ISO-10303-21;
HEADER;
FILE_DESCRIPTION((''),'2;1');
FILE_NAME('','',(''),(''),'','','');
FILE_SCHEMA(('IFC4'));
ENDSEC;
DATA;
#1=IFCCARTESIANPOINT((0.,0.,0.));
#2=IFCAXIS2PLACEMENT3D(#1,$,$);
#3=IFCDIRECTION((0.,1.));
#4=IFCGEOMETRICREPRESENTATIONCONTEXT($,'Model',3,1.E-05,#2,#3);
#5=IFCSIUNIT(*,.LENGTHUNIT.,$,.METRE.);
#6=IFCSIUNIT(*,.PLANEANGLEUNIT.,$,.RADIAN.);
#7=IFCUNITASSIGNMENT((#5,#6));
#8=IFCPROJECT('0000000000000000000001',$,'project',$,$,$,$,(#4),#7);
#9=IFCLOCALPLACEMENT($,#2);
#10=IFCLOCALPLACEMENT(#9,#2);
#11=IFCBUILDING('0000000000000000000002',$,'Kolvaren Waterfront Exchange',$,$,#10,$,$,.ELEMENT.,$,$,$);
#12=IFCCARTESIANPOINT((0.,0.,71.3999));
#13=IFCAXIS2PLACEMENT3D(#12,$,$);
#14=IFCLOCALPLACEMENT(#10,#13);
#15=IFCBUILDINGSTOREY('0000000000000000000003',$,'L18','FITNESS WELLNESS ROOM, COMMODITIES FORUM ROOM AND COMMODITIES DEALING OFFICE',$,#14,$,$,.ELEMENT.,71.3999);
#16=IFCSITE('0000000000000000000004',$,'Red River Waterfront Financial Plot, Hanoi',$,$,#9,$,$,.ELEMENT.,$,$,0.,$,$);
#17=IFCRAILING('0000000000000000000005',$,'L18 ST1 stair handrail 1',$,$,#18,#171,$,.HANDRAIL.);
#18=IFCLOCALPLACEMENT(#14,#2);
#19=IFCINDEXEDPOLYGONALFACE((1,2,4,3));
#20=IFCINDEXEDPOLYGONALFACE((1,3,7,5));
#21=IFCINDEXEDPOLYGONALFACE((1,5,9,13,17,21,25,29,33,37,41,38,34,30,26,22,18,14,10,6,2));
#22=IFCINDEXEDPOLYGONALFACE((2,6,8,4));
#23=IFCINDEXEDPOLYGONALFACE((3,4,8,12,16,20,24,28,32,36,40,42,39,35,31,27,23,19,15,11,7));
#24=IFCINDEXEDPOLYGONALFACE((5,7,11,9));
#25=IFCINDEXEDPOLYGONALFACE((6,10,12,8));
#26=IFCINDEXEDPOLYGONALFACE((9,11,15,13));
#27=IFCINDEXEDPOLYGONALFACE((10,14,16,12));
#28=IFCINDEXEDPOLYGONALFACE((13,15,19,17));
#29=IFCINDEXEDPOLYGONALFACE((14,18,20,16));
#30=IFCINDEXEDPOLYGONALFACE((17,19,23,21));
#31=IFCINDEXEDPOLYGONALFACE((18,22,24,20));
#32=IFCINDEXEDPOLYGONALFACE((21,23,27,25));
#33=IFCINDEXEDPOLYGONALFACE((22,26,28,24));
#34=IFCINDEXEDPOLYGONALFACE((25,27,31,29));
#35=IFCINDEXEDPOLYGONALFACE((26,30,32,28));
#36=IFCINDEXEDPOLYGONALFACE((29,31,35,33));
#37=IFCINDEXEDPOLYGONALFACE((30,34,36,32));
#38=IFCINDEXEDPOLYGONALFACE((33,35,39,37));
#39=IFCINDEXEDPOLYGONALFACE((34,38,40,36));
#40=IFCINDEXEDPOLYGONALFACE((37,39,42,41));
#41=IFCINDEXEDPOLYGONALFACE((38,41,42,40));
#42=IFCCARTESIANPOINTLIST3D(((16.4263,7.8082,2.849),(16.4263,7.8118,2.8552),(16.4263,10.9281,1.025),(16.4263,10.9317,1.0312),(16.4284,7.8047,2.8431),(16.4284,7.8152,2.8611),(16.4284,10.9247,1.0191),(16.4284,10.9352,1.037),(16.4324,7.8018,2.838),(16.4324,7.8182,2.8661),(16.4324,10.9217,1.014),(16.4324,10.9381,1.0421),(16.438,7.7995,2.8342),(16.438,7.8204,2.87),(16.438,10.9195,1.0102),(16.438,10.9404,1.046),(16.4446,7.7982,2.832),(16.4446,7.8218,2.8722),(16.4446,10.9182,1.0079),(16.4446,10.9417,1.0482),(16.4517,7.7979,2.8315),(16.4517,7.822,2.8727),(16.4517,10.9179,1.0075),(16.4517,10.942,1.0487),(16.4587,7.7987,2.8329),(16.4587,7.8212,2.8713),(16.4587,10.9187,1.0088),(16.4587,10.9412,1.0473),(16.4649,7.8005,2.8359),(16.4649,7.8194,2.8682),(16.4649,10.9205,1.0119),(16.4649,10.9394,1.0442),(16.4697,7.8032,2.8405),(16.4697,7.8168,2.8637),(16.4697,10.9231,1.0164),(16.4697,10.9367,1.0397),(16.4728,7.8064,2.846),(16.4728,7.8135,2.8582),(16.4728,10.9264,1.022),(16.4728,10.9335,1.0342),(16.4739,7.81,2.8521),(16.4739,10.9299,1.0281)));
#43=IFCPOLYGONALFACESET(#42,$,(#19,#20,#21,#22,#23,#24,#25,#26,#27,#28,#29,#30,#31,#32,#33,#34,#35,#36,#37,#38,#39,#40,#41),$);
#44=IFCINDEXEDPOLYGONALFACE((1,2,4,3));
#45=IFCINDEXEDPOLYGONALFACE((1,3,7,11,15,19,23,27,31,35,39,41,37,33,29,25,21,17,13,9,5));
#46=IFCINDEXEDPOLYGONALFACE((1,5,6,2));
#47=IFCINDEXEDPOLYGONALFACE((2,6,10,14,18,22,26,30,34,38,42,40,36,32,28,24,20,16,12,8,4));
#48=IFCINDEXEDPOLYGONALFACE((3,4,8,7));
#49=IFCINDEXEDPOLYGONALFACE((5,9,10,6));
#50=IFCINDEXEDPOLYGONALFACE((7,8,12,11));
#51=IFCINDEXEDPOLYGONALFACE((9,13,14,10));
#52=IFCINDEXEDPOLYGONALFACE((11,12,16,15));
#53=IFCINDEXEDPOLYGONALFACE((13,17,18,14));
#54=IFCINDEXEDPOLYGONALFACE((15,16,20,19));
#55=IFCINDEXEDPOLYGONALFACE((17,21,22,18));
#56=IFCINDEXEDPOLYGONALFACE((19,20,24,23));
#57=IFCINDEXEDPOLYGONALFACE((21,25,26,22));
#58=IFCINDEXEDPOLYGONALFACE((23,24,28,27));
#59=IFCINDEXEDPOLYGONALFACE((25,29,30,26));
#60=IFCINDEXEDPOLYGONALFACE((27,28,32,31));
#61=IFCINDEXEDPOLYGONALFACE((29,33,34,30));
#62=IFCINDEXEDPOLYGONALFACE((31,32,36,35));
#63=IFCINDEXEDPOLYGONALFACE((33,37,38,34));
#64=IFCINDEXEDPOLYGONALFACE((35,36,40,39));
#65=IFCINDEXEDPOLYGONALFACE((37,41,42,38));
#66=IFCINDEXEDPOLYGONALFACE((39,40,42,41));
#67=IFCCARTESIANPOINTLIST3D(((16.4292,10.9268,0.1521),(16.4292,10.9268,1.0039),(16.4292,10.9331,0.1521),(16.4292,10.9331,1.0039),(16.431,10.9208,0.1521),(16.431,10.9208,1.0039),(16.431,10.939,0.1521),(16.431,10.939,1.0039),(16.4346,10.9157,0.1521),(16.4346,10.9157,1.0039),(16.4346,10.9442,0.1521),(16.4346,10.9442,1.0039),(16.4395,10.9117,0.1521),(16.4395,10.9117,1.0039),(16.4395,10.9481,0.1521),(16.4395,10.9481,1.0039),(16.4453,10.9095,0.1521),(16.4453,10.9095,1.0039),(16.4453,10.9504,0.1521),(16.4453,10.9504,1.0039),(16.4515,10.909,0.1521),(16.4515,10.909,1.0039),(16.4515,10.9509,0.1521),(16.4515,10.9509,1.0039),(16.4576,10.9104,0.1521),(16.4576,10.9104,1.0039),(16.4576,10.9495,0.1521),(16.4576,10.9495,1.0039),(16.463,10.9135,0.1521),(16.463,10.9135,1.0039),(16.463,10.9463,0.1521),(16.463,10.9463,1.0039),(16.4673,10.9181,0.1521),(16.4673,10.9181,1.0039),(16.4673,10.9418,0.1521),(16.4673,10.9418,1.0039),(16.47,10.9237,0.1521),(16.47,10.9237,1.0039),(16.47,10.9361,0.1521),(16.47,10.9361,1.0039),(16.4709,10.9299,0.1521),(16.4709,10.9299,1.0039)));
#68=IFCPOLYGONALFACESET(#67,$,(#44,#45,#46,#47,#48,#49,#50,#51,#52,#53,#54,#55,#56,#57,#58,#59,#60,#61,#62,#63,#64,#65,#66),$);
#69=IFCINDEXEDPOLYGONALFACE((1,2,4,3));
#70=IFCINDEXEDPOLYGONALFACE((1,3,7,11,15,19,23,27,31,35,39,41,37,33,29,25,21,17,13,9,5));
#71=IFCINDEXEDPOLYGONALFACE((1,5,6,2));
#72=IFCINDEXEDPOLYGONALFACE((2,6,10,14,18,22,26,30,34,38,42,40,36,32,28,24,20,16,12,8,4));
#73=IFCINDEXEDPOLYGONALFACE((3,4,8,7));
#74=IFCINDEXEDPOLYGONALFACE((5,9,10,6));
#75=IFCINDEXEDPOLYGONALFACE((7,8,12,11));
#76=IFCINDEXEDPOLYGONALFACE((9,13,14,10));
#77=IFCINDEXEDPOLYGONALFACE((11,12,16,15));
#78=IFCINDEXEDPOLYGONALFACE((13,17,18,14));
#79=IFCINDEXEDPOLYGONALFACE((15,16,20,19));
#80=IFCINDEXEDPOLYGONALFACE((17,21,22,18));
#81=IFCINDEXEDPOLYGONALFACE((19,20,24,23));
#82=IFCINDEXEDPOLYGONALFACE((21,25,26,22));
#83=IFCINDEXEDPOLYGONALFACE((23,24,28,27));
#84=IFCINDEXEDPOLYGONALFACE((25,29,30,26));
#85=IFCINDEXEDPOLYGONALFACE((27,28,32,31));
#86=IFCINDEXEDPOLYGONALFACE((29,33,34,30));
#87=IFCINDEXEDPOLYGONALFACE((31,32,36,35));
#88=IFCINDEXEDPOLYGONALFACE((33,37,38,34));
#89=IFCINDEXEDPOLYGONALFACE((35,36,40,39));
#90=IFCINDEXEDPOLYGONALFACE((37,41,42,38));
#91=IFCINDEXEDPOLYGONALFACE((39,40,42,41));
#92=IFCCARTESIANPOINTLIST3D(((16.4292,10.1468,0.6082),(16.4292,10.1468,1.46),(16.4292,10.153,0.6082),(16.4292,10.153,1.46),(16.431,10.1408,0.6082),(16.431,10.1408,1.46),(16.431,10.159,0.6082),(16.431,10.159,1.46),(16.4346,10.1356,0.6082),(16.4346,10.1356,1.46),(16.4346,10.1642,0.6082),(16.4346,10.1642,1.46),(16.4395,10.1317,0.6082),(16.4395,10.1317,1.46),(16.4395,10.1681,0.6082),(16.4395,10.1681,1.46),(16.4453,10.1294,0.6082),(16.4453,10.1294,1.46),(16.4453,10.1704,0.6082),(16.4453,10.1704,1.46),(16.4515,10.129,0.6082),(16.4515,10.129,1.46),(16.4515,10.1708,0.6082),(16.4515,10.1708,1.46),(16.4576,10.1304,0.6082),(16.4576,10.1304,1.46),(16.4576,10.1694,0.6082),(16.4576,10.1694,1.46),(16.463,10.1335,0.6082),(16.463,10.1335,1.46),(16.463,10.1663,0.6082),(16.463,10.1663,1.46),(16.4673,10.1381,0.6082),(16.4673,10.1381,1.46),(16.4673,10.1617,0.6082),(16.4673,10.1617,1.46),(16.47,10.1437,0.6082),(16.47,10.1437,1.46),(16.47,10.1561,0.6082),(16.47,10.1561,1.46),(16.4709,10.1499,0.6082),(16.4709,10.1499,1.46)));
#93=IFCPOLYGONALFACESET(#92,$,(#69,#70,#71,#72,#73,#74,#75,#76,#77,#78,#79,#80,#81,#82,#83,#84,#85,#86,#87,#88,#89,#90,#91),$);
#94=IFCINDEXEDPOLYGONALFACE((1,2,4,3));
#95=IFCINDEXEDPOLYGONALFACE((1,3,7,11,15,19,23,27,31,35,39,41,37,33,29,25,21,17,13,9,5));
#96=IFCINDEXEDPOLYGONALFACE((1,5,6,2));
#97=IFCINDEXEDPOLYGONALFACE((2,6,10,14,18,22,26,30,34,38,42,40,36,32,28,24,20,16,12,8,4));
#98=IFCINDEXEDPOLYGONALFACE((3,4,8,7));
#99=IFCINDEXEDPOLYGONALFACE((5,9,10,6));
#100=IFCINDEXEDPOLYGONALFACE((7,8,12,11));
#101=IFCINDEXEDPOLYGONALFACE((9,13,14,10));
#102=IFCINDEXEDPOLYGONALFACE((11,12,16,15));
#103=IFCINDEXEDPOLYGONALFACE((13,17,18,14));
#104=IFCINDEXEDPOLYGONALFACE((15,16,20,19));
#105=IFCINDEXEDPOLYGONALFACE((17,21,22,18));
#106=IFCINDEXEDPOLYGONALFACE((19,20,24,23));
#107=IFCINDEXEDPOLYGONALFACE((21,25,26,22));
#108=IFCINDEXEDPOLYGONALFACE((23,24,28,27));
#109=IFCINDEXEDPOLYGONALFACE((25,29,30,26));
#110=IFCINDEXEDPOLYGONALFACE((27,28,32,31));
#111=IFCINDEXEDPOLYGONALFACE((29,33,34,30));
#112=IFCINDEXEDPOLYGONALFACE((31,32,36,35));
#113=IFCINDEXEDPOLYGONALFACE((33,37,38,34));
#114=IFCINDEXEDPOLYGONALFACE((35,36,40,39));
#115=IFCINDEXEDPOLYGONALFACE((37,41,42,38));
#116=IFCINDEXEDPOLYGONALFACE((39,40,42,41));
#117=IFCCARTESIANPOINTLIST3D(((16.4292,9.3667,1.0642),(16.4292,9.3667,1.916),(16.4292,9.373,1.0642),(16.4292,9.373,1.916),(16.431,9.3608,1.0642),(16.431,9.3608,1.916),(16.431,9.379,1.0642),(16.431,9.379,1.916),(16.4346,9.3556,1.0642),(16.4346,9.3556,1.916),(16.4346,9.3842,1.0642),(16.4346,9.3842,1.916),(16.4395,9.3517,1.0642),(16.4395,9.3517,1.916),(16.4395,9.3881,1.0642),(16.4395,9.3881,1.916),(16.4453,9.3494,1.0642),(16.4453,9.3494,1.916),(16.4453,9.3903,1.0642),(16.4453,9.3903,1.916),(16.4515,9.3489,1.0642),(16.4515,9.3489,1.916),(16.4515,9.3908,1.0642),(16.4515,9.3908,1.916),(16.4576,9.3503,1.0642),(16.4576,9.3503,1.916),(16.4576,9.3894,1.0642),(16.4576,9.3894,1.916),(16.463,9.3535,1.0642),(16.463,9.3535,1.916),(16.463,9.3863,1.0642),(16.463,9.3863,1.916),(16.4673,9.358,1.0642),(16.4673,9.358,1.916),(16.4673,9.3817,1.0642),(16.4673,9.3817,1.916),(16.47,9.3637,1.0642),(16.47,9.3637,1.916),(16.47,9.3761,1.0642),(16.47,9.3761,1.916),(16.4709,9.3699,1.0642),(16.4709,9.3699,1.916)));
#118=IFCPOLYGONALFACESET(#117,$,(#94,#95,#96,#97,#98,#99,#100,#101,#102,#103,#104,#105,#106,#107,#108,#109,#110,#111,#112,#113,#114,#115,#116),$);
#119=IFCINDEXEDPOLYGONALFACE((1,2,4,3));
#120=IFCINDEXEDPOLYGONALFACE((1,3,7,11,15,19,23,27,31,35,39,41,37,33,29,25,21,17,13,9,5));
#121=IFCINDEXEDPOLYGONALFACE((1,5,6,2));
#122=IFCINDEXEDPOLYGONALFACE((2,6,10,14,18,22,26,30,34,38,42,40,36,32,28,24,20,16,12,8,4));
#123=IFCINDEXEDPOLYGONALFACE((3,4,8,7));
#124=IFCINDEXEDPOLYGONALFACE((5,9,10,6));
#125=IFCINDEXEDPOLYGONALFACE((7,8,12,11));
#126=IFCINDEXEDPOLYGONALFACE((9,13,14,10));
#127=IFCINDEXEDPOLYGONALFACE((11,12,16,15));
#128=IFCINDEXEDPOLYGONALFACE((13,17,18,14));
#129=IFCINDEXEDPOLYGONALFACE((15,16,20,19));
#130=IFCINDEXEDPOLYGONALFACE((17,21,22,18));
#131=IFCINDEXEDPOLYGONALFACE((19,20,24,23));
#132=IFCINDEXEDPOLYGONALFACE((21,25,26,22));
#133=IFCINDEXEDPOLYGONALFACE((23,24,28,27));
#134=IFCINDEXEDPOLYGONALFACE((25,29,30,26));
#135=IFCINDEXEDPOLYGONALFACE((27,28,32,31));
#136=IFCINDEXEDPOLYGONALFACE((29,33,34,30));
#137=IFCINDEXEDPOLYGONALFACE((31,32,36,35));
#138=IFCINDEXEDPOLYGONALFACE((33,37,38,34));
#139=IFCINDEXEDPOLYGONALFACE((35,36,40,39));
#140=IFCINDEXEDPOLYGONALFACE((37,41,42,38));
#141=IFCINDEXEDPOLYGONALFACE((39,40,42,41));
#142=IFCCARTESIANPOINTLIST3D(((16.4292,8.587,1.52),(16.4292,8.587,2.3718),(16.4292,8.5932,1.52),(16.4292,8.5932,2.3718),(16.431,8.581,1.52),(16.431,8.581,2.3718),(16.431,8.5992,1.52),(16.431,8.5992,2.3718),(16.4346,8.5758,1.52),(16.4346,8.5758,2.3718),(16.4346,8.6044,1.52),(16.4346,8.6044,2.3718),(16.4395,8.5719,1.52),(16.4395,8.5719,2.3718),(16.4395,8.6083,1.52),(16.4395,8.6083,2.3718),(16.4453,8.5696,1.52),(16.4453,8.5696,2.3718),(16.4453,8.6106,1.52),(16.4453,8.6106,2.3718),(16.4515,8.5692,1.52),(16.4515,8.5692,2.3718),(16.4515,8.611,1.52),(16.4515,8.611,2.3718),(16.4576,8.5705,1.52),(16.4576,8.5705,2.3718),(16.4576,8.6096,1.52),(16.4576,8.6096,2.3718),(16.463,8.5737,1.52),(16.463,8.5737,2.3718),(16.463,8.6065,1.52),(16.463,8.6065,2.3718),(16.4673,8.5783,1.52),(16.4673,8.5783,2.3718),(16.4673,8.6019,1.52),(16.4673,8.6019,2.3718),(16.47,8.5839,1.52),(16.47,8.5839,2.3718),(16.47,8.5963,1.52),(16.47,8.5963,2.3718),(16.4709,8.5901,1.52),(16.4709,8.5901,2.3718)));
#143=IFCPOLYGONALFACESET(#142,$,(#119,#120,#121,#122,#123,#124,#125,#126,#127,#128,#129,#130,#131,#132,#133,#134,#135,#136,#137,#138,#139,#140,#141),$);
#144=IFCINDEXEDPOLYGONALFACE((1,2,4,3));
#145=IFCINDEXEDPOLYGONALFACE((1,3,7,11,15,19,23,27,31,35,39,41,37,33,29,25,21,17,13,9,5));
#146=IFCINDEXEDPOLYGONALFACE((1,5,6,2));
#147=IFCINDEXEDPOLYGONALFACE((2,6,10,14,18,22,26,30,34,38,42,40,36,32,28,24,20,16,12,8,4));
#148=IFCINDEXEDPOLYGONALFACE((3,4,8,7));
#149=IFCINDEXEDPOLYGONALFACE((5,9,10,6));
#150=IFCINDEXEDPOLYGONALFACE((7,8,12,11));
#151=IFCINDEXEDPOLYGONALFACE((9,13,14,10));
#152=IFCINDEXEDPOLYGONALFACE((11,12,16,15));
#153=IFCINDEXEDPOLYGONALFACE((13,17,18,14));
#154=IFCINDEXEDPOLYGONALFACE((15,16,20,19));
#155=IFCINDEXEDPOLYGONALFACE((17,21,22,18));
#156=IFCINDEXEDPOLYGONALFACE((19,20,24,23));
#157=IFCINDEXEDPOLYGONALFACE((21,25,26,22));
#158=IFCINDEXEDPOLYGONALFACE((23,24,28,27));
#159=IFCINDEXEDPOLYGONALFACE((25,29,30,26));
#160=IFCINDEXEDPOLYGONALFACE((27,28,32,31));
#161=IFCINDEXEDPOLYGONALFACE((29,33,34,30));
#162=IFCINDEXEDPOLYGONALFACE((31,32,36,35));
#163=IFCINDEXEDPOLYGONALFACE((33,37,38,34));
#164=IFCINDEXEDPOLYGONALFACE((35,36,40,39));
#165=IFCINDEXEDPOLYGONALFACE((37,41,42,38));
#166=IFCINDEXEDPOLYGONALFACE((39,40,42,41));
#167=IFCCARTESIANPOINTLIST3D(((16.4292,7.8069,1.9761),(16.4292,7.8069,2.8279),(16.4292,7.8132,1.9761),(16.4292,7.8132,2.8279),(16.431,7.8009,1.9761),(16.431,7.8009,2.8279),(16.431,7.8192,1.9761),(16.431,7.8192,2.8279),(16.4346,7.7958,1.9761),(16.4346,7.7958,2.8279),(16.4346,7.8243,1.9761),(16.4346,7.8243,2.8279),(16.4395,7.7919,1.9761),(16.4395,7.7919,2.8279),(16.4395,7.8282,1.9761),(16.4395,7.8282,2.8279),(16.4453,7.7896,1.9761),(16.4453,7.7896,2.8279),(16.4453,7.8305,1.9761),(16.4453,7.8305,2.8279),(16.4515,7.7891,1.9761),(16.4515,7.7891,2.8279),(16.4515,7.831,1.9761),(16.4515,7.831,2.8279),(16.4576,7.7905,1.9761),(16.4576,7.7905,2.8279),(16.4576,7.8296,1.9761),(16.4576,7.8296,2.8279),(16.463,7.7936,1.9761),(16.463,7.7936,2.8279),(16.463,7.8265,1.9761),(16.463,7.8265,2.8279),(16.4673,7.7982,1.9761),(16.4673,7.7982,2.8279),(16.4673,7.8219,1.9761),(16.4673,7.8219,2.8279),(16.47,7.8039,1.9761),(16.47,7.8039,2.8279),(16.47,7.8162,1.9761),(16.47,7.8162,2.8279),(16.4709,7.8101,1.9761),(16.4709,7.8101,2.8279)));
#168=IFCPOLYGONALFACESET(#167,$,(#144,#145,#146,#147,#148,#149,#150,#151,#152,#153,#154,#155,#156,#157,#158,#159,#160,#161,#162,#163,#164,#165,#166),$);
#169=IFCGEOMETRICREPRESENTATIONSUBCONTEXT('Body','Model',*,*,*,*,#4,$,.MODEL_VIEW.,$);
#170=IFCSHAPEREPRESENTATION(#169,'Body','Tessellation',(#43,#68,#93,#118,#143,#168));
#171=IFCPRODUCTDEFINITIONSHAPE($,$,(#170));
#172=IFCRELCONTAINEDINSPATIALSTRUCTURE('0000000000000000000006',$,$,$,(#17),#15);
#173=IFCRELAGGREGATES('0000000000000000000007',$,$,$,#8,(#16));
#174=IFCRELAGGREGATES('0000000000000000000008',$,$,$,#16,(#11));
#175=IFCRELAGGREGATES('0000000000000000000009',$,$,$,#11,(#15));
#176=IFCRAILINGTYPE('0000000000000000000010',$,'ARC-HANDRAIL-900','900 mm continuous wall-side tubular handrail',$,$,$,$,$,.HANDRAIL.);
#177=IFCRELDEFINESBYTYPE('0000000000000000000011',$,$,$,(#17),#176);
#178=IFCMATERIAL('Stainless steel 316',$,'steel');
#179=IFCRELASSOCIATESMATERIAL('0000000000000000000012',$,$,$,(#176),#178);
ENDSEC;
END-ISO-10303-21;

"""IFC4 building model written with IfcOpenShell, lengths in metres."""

from ifc_helpers import new_model, si_unit, direction, frame, origin, origin_2d, place, context, subcontext, project, spatial, circle, extrude, material, type_object, element, save


model = new_model("IFC4")

# Units and contexts
model_context = context("Model", 3, precision=1e-05, world=origin(), true_north=direction((0.0, 1.0)))
body_context = subcontext(model_context, "Body", "Model", "MODEL_VIEW")
ifc_project = project(units=[si_unit("LENGTHUNIT", "METRE"), si_unit("PLANEANGLEUNIT", "RADIAN")], contexts=[model_context])

# Site, building, storey
site_placement = place(None, origin())
site = spatial("IfcSite", under=ifc_project, at=site_placement, Name="Red River Waterfront Financial Plot, Hanoi", CompositionType="ELEMENT", RefElevation=0.0)
building_placement = place(site_placement, origin())
building = spatial("IfcBuilding", under=site, at=building_placement, Name="Kolvaren Waterfront Exchange", CompositionType="ELEMENT")
storey_placement = place(building_placement, frame((0.0, 0.0, 71.3999)))
storey = spatial("IfcBuildingStorey", under=building, at=storey_placement, Name="L18", Description="FITNESS WELLNESS ROOM, COMMODITIES FORUM ROOM AND COMMODITIES DEALING OFFICE", CompositionType="ELEMENT", Elevation=71.3999)

# Railing
ifc_material_1 = material(Name="Stainless steel 316", Category="steel")
railing_type_1 = type_object("IfcRailingType", Name="ARC-HANDRAIL-900", Description="900 mm continuous wall-side tubular handrail", PredefinedType="HANDRAIL", material=ifc_material_1)
railing_1_placement = place(storey_placement, frame((16.45, 10.9299, 0.1521)))
element("IfcRailing", 1, at=railing_1_placement, inside=storey, type_object=railing_type_1, Name="L18 ST1 stair handrail 1", PredefinedType="HANDRAIL", context=body_context, shape_type="SweptSolid", body=[
    extrude(circle(Radius=0.0239, at=origin_2d()), frame((0.0, 0.0, 0.876), z_axis=(0.0, -0.863291, 0.504707), x_axis=(1.0, 0.0, 0.0)), (0.0, 0.0, 1.0), 3.614),
    extrude(circle(Radius=0.021, at=origin_2d()), origin(), (0.0, 0.0, 1.0), 0.8518),
    extrude(circle(Radius=0.021, at=origin_2d()), frame((0.0, -0.78, 0.4561)), (0.0, 0.0, 1.0), 0.8518),
    extrude(circle(Radius=0.021, at=origin_2d()), frame((0.0, -1.5601, 0.9121)), (0.0, 0.0, 1.0), 0.8518),
    extrude(circle(Radius=0.021, at=origin_2d()), frame((0.0, -2.3398, 1.3679)), (0.0, 0.0, 1.0), 0.8518),
    extrude(circle(Radius=0.021, at=origin_2d()), frame((0.0, -3.1199, 1.824)), (0.0, 0.0, 1.0), 0.8518),
])

save(model, "model.ifc")
